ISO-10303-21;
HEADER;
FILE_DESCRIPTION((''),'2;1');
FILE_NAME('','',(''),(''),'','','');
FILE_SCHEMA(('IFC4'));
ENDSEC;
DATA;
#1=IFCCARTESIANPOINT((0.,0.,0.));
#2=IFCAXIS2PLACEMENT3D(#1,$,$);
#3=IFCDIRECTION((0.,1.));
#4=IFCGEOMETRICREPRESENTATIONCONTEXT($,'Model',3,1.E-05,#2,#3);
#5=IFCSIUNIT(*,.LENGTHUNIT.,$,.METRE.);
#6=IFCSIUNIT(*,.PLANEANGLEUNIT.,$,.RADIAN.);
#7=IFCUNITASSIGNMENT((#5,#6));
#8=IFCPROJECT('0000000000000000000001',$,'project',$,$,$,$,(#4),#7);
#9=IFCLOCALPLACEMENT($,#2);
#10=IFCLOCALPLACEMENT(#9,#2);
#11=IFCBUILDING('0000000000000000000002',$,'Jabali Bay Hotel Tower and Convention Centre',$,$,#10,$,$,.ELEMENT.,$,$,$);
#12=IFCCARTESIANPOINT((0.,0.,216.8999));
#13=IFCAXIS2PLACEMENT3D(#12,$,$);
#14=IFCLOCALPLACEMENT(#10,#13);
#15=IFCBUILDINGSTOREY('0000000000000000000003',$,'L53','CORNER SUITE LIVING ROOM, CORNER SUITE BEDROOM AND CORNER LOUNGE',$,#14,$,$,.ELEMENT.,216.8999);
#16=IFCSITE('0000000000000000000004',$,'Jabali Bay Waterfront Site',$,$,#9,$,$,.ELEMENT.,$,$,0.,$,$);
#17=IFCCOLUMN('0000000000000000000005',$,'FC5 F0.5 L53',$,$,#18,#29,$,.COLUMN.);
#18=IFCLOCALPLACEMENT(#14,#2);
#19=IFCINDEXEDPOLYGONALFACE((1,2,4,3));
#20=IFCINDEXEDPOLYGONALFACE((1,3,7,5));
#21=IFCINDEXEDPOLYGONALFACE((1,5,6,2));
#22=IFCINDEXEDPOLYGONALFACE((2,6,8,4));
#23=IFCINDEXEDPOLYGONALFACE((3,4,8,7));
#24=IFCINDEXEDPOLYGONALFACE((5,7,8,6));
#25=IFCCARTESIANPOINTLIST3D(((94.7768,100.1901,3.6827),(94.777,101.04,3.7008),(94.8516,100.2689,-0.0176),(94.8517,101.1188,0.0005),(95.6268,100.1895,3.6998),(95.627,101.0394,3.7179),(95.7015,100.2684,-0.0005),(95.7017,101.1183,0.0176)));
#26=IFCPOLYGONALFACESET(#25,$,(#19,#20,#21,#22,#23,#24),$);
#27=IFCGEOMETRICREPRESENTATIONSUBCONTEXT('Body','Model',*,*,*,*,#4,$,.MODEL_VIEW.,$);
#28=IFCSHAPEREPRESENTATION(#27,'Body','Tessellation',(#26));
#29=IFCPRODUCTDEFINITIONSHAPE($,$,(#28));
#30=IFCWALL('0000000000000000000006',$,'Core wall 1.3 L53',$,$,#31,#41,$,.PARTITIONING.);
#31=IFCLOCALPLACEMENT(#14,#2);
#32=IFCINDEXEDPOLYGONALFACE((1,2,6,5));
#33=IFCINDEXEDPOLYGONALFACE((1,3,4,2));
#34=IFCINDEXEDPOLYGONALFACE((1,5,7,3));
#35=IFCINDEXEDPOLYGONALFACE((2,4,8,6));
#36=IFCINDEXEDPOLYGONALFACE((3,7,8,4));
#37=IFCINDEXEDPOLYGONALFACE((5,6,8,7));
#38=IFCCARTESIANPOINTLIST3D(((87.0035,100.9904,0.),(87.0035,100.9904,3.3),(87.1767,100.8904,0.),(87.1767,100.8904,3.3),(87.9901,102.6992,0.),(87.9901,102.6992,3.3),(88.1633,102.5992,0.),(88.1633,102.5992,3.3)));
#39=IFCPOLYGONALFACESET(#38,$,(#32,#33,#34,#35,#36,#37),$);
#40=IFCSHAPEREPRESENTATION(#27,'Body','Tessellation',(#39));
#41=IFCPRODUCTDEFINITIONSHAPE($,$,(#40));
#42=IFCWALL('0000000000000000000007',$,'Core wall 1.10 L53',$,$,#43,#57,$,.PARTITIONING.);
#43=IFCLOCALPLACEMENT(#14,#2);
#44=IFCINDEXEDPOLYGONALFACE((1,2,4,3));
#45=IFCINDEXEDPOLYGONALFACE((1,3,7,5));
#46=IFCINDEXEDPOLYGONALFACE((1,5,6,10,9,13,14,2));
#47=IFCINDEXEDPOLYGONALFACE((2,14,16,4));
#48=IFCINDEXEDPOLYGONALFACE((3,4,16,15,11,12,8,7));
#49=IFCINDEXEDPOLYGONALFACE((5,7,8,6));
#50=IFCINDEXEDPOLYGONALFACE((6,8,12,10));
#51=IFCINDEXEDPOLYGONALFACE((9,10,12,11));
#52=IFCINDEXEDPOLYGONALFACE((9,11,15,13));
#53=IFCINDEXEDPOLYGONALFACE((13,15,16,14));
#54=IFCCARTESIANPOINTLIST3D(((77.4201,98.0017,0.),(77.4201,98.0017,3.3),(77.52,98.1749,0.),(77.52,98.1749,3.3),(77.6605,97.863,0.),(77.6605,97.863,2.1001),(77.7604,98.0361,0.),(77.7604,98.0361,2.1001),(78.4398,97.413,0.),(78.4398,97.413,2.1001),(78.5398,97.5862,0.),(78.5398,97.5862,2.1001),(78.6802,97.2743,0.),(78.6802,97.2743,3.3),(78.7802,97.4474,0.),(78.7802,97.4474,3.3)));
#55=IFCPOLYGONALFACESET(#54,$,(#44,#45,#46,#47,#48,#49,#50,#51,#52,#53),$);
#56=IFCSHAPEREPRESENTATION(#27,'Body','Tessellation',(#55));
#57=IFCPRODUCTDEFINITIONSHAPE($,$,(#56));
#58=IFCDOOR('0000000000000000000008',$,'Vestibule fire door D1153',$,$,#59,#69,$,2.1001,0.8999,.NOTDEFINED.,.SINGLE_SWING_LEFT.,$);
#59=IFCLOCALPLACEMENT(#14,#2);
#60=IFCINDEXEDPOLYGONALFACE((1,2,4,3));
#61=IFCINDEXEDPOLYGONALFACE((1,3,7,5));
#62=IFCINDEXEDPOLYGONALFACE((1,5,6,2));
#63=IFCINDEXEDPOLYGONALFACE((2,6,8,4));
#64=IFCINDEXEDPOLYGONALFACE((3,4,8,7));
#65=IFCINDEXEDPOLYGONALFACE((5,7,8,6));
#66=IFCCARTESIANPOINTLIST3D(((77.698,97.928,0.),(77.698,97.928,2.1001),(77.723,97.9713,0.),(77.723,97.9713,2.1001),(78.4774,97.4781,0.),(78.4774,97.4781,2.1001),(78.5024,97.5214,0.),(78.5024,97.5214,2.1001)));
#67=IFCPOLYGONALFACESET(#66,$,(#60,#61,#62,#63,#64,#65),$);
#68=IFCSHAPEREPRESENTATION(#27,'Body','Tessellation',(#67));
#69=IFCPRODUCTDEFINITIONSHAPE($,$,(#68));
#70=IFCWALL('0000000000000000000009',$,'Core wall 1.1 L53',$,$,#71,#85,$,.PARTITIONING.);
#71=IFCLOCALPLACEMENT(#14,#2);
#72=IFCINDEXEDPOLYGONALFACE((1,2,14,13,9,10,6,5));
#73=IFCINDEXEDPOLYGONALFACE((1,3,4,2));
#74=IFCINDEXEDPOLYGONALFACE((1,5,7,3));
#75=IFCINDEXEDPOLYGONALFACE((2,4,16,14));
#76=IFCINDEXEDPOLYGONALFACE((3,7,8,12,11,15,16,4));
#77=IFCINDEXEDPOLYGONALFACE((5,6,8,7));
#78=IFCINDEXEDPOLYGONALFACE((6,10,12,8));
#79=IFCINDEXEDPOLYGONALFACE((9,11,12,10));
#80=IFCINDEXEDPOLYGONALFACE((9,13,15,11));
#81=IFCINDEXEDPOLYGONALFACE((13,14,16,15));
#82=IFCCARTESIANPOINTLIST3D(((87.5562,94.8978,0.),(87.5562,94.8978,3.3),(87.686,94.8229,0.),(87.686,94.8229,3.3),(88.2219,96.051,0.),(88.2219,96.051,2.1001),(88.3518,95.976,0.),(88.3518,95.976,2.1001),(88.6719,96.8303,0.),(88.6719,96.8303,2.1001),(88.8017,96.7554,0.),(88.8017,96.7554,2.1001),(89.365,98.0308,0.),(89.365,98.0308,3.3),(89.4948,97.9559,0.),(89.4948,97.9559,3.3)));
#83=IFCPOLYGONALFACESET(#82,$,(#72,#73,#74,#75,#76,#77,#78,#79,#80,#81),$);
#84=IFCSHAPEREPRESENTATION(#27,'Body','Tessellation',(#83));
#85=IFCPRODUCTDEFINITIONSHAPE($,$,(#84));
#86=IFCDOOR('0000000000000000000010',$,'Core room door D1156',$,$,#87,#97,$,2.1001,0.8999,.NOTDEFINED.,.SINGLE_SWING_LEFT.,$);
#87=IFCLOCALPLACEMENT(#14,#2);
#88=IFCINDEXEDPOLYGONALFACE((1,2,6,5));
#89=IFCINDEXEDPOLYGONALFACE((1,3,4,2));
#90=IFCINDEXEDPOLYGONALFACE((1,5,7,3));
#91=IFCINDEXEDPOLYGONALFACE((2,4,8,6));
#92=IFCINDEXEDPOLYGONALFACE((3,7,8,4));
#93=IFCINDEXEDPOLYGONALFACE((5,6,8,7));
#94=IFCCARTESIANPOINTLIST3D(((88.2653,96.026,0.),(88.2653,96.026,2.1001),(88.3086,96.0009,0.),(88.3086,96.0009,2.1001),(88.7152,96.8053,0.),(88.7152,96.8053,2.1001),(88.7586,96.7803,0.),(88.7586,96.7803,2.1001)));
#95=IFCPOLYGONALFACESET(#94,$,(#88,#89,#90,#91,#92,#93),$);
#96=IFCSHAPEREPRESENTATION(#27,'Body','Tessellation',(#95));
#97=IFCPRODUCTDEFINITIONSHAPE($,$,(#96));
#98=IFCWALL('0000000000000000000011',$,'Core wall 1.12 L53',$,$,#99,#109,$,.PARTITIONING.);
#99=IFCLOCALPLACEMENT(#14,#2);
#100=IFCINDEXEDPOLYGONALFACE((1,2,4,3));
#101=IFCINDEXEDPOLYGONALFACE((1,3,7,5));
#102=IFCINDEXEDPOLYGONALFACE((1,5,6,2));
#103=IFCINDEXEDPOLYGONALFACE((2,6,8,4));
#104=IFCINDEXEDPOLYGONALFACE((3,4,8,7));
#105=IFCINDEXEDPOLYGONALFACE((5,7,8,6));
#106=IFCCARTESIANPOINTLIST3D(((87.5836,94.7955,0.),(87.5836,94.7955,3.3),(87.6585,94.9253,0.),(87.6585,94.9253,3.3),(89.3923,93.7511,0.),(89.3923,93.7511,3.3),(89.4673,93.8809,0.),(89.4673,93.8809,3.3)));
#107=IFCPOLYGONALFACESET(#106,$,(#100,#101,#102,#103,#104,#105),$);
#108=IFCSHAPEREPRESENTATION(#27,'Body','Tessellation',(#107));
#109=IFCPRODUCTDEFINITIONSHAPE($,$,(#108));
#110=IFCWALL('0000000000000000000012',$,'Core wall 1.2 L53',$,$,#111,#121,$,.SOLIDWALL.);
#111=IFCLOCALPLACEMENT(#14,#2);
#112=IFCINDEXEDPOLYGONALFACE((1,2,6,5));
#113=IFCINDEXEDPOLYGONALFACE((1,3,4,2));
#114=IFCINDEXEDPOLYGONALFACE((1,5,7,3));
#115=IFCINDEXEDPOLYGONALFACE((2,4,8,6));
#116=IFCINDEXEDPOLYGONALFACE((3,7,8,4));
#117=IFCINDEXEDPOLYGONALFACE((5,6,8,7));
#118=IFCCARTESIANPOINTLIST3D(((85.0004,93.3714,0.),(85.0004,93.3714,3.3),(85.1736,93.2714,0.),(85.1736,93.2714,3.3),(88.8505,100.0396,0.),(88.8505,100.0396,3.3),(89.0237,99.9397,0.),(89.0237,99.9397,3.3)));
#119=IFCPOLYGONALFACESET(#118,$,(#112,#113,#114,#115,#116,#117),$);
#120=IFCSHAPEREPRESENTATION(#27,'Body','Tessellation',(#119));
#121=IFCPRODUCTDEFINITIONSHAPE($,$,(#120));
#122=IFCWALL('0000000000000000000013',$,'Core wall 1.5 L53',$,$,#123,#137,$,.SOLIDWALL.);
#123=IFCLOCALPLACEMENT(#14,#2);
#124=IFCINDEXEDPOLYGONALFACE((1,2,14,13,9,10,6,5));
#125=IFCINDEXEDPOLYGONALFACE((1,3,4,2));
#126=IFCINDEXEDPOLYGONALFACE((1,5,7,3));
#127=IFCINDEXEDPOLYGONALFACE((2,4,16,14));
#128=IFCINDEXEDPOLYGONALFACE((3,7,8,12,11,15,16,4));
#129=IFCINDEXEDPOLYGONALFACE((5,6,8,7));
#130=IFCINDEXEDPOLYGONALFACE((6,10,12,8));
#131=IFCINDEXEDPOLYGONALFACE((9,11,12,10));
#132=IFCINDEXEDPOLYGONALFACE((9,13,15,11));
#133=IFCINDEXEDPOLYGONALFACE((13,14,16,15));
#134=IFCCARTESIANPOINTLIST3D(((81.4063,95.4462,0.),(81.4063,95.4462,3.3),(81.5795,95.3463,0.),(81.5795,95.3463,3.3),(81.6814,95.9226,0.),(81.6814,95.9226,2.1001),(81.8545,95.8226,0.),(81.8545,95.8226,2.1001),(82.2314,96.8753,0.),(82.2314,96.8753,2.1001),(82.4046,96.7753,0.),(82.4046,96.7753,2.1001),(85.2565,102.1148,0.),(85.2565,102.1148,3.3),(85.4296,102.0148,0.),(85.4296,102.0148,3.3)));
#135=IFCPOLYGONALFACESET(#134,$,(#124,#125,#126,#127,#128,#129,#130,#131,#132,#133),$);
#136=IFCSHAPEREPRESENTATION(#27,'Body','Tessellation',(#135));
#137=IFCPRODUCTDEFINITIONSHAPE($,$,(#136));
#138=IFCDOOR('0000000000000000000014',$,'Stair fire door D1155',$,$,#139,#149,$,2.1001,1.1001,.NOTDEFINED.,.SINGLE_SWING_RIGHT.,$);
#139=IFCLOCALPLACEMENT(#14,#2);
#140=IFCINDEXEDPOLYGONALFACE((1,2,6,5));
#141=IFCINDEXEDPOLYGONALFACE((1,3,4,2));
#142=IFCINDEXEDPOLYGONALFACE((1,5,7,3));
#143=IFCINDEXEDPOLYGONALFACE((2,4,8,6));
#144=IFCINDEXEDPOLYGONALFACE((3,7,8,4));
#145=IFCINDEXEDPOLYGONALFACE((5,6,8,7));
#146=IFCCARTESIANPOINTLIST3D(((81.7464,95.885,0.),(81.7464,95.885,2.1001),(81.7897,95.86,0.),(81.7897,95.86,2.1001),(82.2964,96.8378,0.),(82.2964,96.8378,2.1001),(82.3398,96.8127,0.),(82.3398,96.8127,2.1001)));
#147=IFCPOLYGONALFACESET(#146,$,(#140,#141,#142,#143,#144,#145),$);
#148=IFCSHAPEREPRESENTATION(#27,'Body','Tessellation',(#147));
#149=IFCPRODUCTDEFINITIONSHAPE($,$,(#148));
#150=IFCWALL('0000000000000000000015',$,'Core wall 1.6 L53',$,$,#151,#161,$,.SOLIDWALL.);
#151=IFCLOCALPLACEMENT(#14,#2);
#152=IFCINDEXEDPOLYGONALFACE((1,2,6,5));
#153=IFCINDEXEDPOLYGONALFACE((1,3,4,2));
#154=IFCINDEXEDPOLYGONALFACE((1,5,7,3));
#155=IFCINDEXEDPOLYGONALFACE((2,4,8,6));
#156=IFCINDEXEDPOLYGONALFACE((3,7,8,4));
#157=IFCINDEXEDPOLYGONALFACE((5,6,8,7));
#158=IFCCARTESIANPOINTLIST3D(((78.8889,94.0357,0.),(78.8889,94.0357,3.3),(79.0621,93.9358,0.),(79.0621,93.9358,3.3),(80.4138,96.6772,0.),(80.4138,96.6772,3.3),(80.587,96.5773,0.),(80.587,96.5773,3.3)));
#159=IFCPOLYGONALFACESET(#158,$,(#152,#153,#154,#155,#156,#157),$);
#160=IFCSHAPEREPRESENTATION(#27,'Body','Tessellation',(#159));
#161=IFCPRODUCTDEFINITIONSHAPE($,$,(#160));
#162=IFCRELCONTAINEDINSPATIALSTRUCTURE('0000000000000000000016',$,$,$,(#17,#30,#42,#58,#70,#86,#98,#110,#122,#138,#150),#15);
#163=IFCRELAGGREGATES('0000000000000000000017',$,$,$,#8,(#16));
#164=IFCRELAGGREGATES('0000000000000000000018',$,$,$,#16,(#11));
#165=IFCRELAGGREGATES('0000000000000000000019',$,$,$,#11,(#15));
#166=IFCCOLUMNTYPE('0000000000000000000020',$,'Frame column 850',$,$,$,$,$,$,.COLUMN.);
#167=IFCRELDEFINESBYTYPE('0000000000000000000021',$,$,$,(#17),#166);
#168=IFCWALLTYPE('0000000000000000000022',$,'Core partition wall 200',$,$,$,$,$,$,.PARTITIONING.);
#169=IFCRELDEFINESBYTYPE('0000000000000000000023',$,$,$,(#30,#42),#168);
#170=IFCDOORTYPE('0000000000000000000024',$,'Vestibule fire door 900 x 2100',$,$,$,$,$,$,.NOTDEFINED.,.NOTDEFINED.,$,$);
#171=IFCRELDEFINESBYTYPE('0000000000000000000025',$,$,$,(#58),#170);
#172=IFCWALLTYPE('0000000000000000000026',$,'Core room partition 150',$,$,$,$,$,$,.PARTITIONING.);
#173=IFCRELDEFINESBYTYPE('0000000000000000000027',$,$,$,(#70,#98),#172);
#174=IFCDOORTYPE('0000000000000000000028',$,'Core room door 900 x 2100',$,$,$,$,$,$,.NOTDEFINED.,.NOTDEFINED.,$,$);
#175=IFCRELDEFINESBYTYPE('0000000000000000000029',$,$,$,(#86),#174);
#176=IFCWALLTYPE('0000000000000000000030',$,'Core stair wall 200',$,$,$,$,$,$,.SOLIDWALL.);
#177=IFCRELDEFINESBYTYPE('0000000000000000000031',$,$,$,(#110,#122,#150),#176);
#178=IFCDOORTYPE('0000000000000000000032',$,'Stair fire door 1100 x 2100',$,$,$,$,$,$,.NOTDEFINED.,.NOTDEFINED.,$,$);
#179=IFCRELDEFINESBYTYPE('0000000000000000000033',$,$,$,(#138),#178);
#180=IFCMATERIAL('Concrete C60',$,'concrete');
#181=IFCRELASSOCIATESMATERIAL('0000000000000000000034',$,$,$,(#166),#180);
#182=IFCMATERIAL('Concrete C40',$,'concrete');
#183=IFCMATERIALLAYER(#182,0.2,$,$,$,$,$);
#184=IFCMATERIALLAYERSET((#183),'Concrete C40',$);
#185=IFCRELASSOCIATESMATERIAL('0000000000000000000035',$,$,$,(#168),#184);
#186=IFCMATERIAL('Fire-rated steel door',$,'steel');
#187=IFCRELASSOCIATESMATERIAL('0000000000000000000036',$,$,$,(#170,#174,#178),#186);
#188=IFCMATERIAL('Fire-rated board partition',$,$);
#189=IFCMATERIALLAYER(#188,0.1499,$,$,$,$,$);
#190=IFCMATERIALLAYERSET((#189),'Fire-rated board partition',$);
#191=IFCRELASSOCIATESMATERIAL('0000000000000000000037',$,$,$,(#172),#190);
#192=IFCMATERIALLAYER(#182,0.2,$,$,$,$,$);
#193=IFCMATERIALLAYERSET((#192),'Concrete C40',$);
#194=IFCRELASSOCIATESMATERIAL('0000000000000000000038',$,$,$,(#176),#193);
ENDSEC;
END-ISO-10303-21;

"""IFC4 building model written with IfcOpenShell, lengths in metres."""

from ifc_helpers import new_model, si_unit, direction, frame, frame_2d, origin, origin_2d, place, context, subcontext, project, spatial, rectangle, extrude, material, layer, layer_set, material_profile, profile_set, type_object, element, fill, save


model = new_model("IFC4")

# Units and contexts
model_context = context("Model", 3, precision=1e-05, world=origin(), true_north=direction((0.0, 1.0)))
body_context = subcontext(model_context, "Body", "Model", "MODEL_VIEW")
ifc_project = project(units=[si_unit("LENGTHUNIT", "METRE"), si_unit("PLANEANGLEUNIT", "RADIAN")], contexts=[model_context])

# Site, building, storey
site_placement = place(None, origin())
site = spatial("IfcSite", under=ifc_project, at=site_placement, Name="Jabali Bay Waterfront Site", CompositionType="ELEMENT", RefElevation=0.0)
building_placement = place(site_placement, origin())
building = spatial("IfcBuilding", under=site, at=building_placement, Name="Jabali Bay Hotel Tower and Convention Centre", CompositionType="ELEMENT")
storey_placement = place(building_placement, frame((0.0, 0.0, 216.8999)))
storey = spatial("IfcBuildingStorey", under=building, at=storey_placement, Name="L53", Description="CORNER SUITE LIVING ROOM, CORNER SUITE BEDROOM AND CORNER LOUNGE", CompositionType="ELEMENT", Elevation=216.8999)

# Column
ifc_material_1 = material(Name="Concrete C60", Category="concrete")
ifc_material_profile = material_profile(ifc_material_1, rectangle(XDim=0.8501, YDim=0.8501, at=origin_2d()), Name="Frame column 850")
ifc_profile_set = profile_set([ifc_material_profile], Name="Concrete C60")
column_type = type_object("IfcColumnType", Name="Frame column 850", PredefinedType="COLUMN", material=ifc_profile_set)
column_placement = place(storey_placement, frame((95.2766, 100.6936, 0.0), z_axis=(-0.020181, -0.021303, 0.999569), x_axis=(0.999796, -0.000658, 0.020172)))
element("IfcColumn", 1, at=column_placement, inside=storey, type_object=column_type, Name="FC5 F0.5 L53", PredefinedType="COLUMN", context=body_context, shape_type="SweptSolid", body=[
    extrude(rectangle(XDim=0.8501, YDim=0.8501, at=origin_2d()), origin(), (0.0, 0.0, 1.0), 3.7019),
])

# Wall
ifc_material_2 = material(Name="Concrete C40", Category="concrete")
ifc_layer_1 = layer(ifc_material_2, 0.2)
ifc_layer_set_1 = layer_set([ifc_layer_1], Name="Concrete C40")
wall_type_1 = type_object("IfcWallType", Name="Core partition wall 200", PredefinedType="PARTITIONING", material=ifc_layer_set_1)
wall_1_placement = place(storey_placement, frame((87.0901, 100.9404, 0.0), z_axis=(0.0, 0.0, 1.0), x_axis=(0.500012, 0.866019, 0.0)))
element("IfcWall", 2, at=wall_1_placement, inside=storey, type_object=wall_type_1, Name="Core wall 1.3 L53", PredefinedType="PARTITIONING", context=body_context, shape_type="SweptSolid", body=[
    extrude(rectangle(XDim=1.9731, YDim=0.2, at=frame_2d((0.9866, 0.0))), origin(), (0.0, 0.0, 1.0), 3.3),
])

# Walls, openings, doors
wall_2_placement = place(storey_placement, frame((78.7302, 97.3608, 0.0), z_axis=(0.0, 0.0, 1.0), x_axis=(-0.866046, 0.499965, 0.0)))
wall_2 = element("IfcWall", 3, at=wall_2_placement, inside=storey, type_object=wall_type_1, Name="Core wall 1.10 L53", PredefinedType="PARTITIONING", context=body_context, shape_type="SweptSolid", body=[
    extrude(rectangle(XDim=1.4551, YDim=0.2, at=frame_2d((0.7275, 0.0))), origin(), (0.0, 0.0, 1.0), 3.3),
])
opening_1_placement = place(wall_2_placement, frame((0.2776, 0.0, 0.0)))
opening_1 = element("IfcOpeningElement", 4, at=opening_1_placement, cuts=wall_2, PredefinedType="OPENING", context=body_context, shape_type="SweptSolid", body=[
    extrude(rectangle(XDim=0.8999, YDim=2.1001, at=frame_2d((0.45, 1.05))), frame((0.0, 0.1104, 0.0), z_axis=(0.0, -1.0, 0.0), x_axis=(1.0, 0.0, 0.0)), (0.0, 0.0, 1.0), 0.2209),
])
ifc_material_3 = material(Name="Fire-rated steel door", Category="steel")
door_type_1 = type_object("IfcDoorType", Name="Vestibule fire door 900 x 2100", OperationType="NOTDEFINED", PredefinedType="NOTDEFINED", material=ifc_material_3)
door_1_placement = place(opening_1_placement, origin())
door_1 = element("IfcDoor", 5, at=door_1_placement, inside=storey, type_object=door_type_1, Name="Vestibule fire door D1153", OperationType="SINGLE_SWING_LEFT", OverallHeight=2.1001, OverallWidth=0.8999, PredefinedType="NOTDEFINED", context=body_context, shape_type="SweptSolid", body=[
    extrude(rectangle(XDim=0.8999, YDim=2.1001, at=frame_2d((0.45, 1.05))), frame((0.0, 0.0249, 0.0), z_axis=(0.0, -1.0, 0.0), x_axis=(1.0, 0.0, 0.0)), (0.0, 0.0, 1.0), 0.05),
])
fill(opening_1, door_1)
ifc_material_4 = material(Name="Fire-rated board partition")
ifc_layer_2 = layer(ifc_material_4, 0.1499)
ifc_layer_set_2 = layer_set([ifc_layer_2], Name="Fire-rated board partition")
wall_type_2 = type_object("IfcWallType", Name="Core room partition 150", PredefinedType="PARTITIONING", material=ifc_layer_set_2)
wall_3_placement = place(storey_placement, frame((87.6211, 94.8604, 0.0), z_axis=(0.0, 0.0, 1.0), x_axis=(0.499993, 0.866029, 0.0)))
wall_3 = element("IfcWall", 6, at=wall_3_placement, inside=storey, type_object=wall_type_2, Name="Core wall 1.1 L53", PredefinedType="PARTITIONING", context=body_context, shape_type="SweptSolid", body=[
    extrude(rectangle(XDim=3.6177, YDim=0.1499, at=frame_2d((1.8088, 0.0))), origin(), (0.0, 0.0, 1.0), 3.3),
])
opening_2_placement = place(wall_3_placement, frame((1.3315, 0.0, 0.0)))
opening_2 = element("IfcOpeningElement", 7, at=opening_2_placement, cuts=wall_3, PredefinedType="OPENING", context=body_context, shape_type="SweptSolid", body=[
    extrude(rectangle(XDim=0.8999, YDim=2.1001, at=frame_2d((0.45, 1.05))), frame((0.0, 0.0854, 0.0), z_axis=(0.0, -1.0, 0.0), x_axis=(1.0, 0.0, 0.0)), (0.0, 0.0, 1.0), 0.1709),
])
door_type_2 = type_object("IfcDoorType", Name="Core room door 900 x 2100", OperationType="NOTDEFINED", PredefinedType="NOTDEFINED", material=ifc_material_3)
door_2_placement = place(opening_2_placement, origin())
door_2 = element("IfcDoor", 8, at=door_2_placement, inside=storey, type_object=door_type_2, Name="Core room door D1156", OperationType="SINGLE_SWING_LEFT", OverallHeight=2.1001, OverallWidth=0.8999, PredefinedType="NOTDEFINED", context=body_context, shape_type="SweptSolid", body=[
    extrude(rectangle(XDim=0.8999, YDim=2.1001, at=frame_2d((0.45, 1.05))), frame((0.0, 0.0249, 0.0), z_axis=(0.0, -1.0, 0.0), x_axis=(1.0, 0.0, 0.0)), (0.0, 0.0, 1.0), 0.05),
])
fill(opening_2, door_2)

# Walls
wall_4_placement = place(storey_placement, frame((89.4299, 93.8159, 0.0), z_axis=(0.0, 0.0, 1.0), x_axis=(-0.866005, 0.500036, 0.0)))
element("IfcWall", 9, at=wall_4_placement, inside=storey, type_object=wall_type_2, Name="Core wall 1.12 L53", PredefinedType="PARTITIONING", context=body_context, shape_type="SweptSolid", body=[
    extrude(rectangle(XDim=2.0886, YDim=0.1499, at=frame_2d((1.0444, 0.0))), origin(), (0.0, 0.0, 1.0), 3.3),
])
ifc_layer_3 = layer(ifc_material_2, 0.2)
ifc_layer_set_3 = layer_set([ifc_layer_3], Name="Concrete C40")
wall_type_3 = type_object("IfcWallType", Name="Core stair wall 200", PredefinedType="SOLIDWALL", material=ifc_layer_set_3)
wall_5_placement = place(storey_placement, frame((85.0869, 93.3213, 0.0), z_axis=(0.0, 0.0, 1.0), x_axis=(0.50002, 0.866014, 0.0)))
element("IfcWall", 10, at=wall_5_placement, inside=storey, type_object=wall_type_3, Name="Core wall 1.2 L53", PredefinedType="SOLIDWALL", context=body_context, shape_type="SweptSolid", body=[
    extrude(rectangle(XDim=7.7, YDim=0.2, at=frame_2d((3.8501, 0.0))), origin(), (0.0, 0.0, 1.0), 3.3),
])

# Wall, opening, door
wall_6_placement = place(storey_placement, frame((81.4929, 95.3962, 0.0), z_axis=(0.0, 0.0, 1.0), x_axis=(0.500006, 0.866022, 0.0)))
wall_6 = element("IfcWall", 11, at=wall_6_placement, inside=storey, type_object=wall_type_3, Name="Core wall 1.5 L53", PredefinedType="SOLIDWALL", context=body_context, shape_type="SweptSolid", body=[
    extrude(rectangle(XDim=7.7002, YDim=0.2, at=frame_2d((3.8501, 0.0))), origin(), (0.0, 0.0, 1.0), 3.3),
])
opening_3_placement = place(wall_6_placement, frame((0.55, 0.0, 0.0)))
opening_3 = element("IfcOpeningElement", 12, at=opening_3_placement, cuts=wall_6, PredefinedType="OPENING", context=body_context, shape_type="SweptSolid", body=[
    extrude(rectangle(XDim=1.1001, YDim=2.1001, at=frame_2d((0.55, 1.05))), frame((0.0, 0.1104, 0.0), z_axis=(0.0, -1.0, 0.0), x_axis=(1.0, 0.0, 0.0)), (0.0, 0.0, 1.0), 0.2209),
])
door_type_3 = type_object("IfcDoorType", Name="Stair fire door 1100 x 2100", OperationType="NOTDEFINED", PredefinedType="NOTDEFINED", material=ifc_material_3)
door_3_placement = place(opening_3_placement, origin())
door_3 = element("IfcDoor", 13, at=door_3_placement, inside=storey, type_object=door_type_3, Name="Stair fire door D1155", OperationType="SINGLE_SWING_RIGHT", OverallHeight=2.1001, OverallWidth=1.1001, PredefinedType="NOTDEFINED", context=body_context, shape_type="SweptSolid", body=[
    extrude(rectangle(XDim=1.1001, YDim=2.1001, at=frame_2d((0.55, 1.05))), frame((0.0, 0.0249, 0.0), z_axis=(0.0, -1.0, 0.0), x_axis=(1.0, 0.0, 0.0)), (0.0, 0.0, 1.0), 0.05),
])
fill(opening_3, door_3)

# Wall
wall_7_placement = place(storey_placement, frame((78.9756, 93.9858, 0.0), z_axis=(0.0, 0.0, 1.0), x_axis=(0.499944, 0.866058, 0.0)))
element("IfcWall", 14, at=wall_7_placement, inside=storey, type_object=wall_type_3, Name="Core wall 1.6 L53", PredefinedType="SOLIDWALL", context=body_context, shape_type="SweptSolid", body=[
    extrude(rectangle(XDim=3.05, YDim=0.2, at=frame_2d((1.5249, 0.0))), origin(), (0.0, 0.0, 1.0), 3.3),
])

save(model, "model.ifc")
